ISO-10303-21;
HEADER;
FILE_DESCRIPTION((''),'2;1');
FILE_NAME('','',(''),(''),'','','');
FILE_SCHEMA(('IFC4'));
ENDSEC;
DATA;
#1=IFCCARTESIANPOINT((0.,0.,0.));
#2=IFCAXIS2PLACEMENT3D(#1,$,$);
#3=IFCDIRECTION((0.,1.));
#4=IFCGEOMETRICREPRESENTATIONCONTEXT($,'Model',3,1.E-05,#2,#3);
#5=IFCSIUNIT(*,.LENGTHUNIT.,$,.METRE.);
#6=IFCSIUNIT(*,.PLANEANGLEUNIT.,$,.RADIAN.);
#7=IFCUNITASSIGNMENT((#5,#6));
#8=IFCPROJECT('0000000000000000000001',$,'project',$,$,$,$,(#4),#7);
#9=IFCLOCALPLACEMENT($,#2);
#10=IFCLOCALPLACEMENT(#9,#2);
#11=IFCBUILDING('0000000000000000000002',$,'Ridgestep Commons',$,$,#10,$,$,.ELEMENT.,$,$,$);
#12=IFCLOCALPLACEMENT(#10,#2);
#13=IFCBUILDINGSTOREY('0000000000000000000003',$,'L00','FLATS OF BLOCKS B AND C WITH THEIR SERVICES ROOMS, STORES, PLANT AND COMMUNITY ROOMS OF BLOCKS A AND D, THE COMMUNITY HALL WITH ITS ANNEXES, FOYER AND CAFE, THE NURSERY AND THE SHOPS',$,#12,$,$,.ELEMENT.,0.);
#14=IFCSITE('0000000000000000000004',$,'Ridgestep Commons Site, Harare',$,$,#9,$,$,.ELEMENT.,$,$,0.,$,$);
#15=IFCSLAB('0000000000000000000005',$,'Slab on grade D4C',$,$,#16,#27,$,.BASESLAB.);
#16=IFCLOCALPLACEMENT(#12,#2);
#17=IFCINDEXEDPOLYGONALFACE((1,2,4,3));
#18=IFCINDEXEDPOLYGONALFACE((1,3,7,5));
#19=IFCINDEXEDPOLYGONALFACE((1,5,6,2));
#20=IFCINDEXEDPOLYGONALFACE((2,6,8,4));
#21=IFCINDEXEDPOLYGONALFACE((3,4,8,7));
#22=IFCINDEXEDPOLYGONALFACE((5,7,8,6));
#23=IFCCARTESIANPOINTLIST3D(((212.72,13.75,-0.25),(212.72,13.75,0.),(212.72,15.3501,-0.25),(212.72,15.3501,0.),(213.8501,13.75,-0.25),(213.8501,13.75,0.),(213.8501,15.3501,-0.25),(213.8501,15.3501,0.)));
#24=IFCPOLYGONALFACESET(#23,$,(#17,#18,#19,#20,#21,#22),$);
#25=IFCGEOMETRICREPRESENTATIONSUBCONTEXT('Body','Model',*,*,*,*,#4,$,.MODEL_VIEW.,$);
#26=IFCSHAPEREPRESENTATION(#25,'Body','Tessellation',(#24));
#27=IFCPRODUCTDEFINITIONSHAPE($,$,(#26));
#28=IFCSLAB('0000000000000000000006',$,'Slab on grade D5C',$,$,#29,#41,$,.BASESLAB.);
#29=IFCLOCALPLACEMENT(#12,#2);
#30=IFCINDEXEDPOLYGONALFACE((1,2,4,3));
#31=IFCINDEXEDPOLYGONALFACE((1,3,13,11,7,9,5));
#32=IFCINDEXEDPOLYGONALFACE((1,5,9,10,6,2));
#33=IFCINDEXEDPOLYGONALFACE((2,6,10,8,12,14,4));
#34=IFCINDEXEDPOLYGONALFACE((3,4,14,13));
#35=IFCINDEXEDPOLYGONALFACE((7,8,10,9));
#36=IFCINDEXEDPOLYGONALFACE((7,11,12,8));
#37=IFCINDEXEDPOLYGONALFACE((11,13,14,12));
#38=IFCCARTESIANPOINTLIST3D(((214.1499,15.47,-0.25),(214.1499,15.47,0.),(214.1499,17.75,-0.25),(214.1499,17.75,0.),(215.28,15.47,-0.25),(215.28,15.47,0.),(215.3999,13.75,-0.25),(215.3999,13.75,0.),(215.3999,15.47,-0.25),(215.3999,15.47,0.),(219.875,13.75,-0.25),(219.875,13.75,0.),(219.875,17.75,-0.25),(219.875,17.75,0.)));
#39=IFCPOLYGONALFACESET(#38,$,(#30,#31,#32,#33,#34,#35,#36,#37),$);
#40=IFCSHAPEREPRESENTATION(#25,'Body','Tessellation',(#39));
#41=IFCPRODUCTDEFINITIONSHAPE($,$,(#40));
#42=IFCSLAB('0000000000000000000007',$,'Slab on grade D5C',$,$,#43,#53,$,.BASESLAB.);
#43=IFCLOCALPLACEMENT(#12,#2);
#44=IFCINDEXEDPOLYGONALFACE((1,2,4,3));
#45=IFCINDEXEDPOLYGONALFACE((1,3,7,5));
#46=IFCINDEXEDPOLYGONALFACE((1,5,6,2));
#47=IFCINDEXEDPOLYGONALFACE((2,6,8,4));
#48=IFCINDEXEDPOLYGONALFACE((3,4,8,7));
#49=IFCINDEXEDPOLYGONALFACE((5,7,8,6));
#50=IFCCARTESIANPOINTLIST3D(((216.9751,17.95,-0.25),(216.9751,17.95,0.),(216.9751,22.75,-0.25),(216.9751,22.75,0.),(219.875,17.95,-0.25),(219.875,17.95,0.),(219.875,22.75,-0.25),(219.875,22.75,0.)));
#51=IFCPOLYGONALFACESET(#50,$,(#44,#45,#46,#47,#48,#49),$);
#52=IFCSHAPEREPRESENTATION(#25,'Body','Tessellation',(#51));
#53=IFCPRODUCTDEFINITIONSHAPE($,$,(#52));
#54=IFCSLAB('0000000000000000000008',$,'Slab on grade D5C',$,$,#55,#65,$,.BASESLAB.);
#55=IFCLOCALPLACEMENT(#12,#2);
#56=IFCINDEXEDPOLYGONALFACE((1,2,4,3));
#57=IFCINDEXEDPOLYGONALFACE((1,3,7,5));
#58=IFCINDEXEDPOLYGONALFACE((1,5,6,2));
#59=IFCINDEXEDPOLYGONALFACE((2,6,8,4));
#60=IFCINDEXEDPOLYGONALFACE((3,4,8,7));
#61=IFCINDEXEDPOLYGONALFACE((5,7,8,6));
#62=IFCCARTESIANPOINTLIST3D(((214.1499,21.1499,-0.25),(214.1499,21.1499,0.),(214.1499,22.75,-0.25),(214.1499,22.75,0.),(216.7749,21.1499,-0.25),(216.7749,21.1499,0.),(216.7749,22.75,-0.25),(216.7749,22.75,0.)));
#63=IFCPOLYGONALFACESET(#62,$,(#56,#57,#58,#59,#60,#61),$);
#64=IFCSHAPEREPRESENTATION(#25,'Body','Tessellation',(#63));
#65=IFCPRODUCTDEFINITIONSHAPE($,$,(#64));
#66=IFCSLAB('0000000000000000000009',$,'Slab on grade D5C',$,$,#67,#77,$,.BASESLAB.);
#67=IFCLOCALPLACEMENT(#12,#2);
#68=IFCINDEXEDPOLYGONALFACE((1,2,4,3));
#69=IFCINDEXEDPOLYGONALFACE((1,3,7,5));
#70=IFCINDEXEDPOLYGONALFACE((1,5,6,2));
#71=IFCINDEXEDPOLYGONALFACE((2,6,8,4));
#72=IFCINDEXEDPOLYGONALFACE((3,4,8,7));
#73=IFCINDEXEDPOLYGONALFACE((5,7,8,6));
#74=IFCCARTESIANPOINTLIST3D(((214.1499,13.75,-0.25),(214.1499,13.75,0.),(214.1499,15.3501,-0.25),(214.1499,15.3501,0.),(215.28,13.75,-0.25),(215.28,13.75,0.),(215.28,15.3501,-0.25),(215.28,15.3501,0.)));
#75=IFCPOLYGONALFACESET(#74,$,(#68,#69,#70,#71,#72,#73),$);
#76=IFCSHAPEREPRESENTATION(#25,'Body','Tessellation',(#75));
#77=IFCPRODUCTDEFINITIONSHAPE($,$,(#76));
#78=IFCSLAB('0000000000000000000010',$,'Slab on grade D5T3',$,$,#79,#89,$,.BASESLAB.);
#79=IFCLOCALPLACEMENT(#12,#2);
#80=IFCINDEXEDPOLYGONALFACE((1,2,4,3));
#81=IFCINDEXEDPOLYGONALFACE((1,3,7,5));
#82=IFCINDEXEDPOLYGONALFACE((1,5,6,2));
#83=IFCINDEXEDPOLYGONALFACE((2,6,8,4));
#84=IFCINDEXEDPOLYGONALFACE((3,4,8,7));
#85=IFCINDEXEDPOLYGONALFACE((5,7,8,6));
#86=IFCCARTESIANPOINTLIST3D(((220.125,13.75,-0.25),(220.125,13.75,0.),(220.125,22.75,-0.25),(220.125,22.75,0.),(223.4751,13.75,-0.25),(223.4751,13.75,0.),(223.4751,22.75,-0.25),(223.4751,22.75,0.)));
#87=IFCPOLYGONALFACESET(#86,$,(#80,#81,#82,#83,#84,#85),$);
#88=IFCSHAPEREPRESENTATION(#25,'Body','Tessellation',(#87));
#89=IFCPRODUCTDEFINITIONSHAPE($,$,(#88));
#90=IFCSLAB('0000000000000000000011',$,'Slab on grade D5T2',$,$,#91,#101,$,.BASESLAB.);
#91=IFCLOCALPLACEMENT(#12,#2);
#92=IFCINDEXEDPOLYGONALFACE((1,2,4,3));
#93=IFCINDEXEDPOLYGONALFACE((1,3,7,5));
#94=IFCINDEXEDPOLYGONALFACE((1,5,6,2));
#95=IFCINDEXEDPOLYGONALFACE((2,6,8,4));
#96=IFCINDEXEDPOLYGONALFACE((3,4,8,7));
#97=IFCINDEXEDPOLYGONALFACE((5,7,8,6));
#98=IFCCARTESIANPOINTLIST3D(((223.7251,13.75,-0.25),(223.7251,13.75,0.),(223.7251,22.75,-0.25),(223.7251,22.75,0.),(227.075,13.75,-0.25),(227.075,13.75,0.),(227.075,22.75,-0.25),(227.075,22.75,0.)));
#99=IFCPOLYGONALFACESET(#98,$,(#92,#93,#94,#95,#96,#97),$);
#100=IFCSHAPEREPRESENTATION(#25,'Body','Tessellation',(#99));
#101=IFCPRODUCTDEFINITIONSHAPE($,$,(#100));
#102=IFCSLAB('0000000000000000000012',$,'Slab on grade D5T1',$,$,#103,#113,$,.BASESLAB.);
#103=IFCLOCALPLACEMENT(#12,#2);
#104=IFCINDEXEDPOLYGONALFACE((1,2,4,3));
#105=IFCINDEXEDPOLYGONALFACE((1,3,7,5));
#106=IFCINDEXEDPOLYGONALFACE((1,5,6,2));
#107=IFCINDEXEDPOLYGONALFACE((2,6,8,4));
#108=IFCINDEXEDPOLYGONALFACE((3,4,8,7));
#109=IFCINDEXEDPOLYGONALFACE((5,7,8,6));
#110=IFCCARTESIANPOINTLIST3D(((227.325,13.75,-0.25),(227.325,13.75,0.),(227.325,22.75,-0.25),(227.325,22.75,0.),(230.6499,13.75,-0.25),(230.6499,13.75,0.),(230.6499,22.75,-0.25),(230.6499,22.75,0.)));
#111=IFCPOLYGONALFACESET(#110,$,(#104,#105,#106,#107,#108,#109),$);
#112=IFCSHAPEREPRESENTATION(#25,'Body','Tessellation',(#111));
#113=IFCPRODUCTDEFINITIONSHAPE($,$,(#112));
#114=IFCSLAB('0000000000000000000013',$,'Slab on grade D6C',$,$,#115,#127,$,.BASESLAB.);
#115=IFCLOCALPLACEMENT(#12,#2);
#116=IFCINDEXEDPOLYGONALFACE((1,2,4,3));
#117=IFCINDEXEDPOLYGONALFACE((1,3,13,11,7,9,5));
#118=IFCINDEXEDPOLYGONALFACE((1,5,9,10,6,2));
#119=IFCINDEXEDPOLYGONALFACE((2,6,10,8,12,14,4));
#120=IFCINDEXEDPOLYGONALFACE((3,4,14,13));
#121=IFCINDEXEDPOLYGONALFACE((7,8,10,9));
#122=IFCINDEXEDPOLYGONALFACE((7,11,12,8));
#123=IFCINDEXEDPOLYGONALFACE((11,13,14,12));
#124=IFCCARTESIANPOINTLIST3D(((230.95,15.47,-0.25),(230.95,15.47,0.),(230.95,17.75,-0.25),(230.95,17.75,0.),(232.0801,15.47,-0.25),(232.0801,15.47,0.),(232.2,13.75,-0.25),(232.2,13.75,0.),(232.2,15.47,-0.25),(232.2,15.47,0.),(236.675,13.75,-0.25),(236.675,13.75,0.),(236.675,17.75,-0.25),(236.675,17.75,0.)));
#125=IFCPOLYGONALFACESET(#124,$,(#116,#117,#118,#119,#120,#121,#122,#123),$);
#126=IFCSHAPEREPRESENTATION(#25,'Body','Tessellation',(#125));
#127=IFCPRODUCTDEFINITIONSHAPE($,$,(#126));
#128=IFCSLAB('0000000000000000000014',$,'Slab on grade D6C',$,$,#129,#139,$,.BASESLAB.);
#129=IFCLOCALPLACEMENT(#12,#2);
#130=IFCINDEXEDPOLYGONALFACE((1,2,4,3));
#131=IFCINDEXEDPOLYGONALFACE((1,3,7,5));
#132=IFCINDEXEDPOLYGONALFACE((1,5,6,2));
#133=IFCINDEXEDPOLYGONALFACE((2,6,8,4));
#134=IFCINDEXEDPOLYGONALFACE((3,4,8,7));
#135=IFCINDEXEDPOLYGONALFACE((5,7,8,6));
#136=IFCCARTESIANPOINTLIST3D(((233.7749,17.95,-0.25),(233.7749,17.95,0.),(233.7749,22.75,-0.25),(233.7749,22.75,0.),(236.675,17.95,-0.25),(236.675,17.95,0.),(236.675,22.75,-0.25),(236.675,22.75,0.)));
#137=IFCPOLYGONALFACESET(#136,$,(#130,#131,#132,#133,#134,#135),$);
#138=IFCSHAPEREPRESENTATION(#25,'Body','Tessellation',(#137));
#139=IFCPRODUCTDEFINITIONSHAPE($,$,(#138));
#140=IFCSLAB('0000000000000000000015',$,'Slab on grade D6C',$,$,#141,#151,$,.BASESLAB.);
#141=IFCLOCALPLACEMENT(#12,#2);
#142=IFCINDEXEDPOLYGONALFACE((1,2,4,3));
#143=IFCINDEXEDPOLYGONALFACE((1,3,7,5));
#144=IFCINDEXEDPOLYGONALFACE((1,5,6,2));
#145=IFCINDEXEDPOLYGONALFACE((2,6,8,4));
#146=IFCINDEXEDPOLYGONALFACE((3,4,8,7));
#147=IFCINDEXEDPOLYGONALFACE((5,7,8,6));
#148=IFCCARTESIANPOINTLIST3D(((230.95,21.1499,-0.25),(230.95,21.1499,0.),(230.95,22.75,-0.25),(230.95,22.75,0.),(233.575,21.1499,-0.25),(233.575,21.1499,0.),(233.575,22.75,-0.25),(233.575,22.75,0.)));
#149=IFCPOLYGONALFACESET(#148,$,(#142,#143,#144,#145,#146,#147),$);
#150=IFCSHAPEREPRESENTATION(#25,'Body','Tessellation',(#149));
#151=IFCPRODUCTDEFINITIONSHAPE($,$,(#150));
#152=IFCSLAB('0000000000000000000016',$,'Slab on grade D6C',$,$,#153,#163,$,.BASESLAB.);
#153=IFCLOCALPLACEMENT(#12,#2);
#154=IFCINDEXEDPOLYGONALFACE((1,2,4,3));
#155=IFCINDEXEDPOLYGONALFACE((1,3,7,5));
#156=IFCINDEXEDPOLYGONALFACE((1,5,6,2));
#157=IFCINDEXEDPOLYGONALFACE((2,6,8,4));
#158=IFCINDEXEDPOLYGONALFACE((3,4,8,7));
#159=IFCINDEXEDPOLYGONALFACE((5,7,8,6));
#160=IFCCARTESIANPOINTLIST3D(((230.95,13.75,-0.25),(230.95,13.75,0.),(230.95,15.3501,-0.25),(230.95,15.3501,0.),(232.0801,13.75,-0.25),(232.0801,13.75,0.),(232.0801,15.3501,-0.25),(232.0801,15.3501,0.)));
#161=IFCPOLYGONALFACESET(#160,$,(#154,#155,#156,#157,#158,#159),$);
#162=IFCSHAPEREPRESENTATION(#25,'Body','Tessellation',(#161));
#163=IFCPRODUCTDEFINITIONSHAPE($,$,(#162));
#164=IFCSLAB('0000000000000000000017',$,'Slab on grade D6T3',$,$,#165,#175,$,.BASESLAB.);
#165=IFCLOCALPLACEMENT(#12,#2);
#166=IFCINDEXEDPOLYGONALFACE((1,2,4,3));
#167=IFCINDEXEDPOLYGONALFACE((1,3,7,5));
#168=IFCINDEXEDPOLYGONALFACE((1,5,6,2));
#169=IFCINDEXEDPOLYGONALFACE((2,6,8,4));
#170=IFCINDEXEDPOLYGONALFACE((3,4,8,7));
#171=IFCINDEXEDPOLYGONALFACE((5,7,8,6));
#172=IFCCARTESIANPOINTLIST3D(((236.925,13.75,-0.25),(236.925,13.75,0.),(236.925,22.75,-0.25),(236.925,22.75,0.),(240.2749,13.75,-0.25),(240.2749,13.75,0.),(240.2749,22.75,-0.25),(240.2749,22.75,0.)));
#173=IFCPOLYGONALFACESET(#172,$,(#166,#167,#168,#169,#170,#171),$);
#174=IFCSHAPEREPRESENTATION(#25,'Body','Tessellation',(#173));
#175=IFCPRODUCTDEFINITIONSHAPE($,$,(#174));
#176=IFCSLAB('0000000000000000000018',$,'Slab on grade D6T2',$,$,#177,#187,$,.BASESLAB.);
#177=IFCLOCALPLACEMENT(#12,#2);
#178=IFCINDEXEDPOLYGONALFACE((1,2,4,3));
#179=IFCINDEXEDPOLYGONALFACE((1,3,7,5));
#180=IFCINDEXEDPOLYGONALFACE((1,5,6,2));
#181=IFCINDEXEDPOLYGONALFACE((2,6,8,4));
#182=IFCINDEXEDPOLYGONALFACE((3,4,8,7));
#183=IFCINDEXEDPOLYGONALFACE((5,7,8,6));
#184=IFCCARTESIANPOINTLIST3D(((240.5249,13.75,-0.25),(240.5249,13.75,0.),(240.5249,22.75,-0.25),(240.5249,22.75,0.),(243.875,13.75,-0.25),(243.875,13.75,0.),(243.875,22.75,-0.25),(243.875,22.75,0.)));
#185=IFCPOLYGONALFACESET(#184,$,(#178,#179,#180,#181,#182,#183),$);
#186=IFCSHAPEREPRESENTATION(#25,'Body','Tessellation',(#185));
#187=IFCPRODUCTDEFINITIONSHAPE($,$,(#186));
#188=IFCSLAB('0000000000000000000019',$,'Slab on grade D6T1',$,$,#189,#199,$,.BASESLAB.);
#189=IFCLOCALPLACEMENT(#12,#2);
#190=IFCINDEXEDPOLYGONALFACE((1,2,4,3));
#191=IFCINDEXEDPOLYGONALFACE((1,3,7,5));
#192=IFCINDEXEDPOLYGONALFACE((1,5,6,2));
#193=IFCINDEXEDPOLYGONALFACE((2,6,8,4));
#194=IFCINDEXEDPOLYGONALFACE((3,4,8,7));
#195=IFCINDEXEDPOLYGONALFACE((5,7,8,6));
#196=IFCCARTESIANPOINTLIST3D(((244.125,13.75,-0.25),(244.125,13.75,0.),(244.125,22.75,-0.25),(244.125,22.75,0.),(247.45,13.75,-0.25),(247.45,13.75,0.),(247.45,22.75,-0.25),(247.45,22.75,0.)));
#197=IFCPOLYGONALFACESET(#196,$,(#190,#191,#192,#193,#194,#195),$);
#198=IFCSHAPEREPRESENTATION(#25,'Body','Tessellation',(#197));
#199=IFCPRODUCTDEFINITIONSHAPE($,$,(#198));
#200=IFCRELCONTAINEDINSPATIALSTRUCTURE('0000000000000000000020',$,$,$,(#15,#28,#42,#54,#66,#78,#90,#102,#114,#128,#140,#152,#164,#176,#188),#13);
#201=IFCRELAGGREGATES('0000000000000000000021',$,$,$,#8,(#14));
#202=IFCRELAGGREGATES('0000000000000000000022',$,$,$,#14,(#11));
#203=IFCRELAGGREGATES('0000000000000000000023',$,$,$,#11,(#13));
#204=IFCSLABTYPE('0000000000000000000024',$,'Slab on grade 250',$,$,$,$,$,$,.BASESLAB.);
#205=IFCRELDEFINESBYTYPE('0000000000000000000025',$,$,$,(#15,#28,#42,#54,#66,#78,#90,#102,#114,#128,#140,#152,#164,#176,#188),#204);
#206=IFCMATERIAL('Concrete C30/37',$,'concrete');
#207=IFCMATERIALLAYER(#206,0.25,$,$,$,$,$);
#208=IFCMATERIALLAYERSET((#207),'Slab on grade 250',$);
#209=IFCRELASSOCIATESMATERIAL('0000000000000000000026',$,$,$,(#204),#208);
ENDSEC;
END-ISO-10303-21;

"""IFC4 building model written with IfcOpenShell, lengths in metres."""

from ifc_helpers import new_model, si_unit, direction, frame, origin, place, context, subcontext, project, spatial, polyline, outline, extrude, material, layer, layer_set, type_object, element, save


model = new_model("IFC4")

# Units and contexts
model_context = context("Model", 3, precision=1e-05, world=origin(), true_north=direction((0.0, 1.0)))
body_context = subcontext(model_context, "Body", "Model", "MODEL_VIEW")
ifc_project = project(units=[si_unit("LENGTHUNIT", "METRE"), si_unit("PLANEANGLEUNIT", "RADIAN")], contexts=[model_context])

# Site, building, storey
site_placement = place(None, origin())
site = spatial("IfcSite", under=ifc_project, at=site_placement, Name="Ridgestep Commons Site, Harare", CompositionType="ELEMENT", RefElevation=0.0)
building_placement = place(site_placement, origin())
building = spatial("IfcBuilding", under=site, at=building_placement, Name="Ridgestep Commons", CompositionType="ELEMENT")
storey_placement = place(building_placement, origin())
storey = spatial("IfcBuildingStorey", under=building, at=storey_placement, Name="L00", Description="FLATS OF BLOCKS B AND C WITH THEIR SERVICES ROOMS, STORES, PLANT AND COMMUNITY ROOMS OF BLOCKS A AND D, THE COMMUNITY HALL WITH ITS ANNEXES, FOYER AND CAFE, THE NURSERY AND THE SHOPS", CompositionType="ELEMENT", Elevation=0.0)

# Slabs
ifc_material_1 = material(Name="Concrete C30/37", Category="concrete")
ifc_layer_1 = layer(ifc_material_1, 0.25)
ifc_layer_set_1 = layer_set([ifc_layer_1], Name="Slab on grade 250")
slab_type_1 = type_object("IfcSlabType", Name="Slab on grade 250", PredefinedType="BASESLAB", material=ifc_layer_set_1)
slab_1_placement = place(storey_placement, frame((0.0, 0.0, -0.25)))
element("IfcSlab", 1, at=slab_1_placement, inside=storey, type_object=slab_type_1, Name="Slab on grade D4C", PredefinedType="BASESLAB", context=body_context, shape_type="SweptSolid", body=[
    extrude(outline(polyline([(212.72, 13.75), (213.8501, 13.75), (213.8501, 15.3501), (212.72, 15.3501), (212.72, 13.75)])), origin(), (0.0, 0.0, 1.0), 0.25),
])
slab_2_placement = place(storey_placement, frame((0.0, 0.0, -0.25)))
element("IfcSlab", 2, at=slab_2_placement, inside=storey, type_object=slab_type_1, Name="Slab on grade D5C", PredefinedType="BASESLAB", context=body_context, shape_type="SweptSolid", body=[
    extrude(outline(polyline([(215.3999, 13.75), (219.875, 13.75), (219.875, 17.75), (214.1499, 17.75), (214.1499, 15.47), (215.28, 15.47), (215.3999, 15.47), (215.3999, 13.75)])), origin(), (0.0, 0.0, 1.0), 0.25),
])
slab_3_placement = place(storey_placement, frame((0.0, 0.0, -0.25)))
element("IfcSlab", 3, at=slab_3_placement, inside=storey, type_object=slab_type_1, Name="Slab on grade D5C", PredefinedType="BASESLAB", context=body_context, shape_type="SweptSolid", body=[
    extrude(outline(polyline([(219.875, 17.95), (219.875, 22.75), (216.9751, 22.75), (216.9751, 17.95), (219.875, 17.95)])), origin(), (0.0, 0.0, 1.0), 0.25),
])
slab_4_placement = place(storey_placement, frame((0.0, 0.0, -0.25)))
element("IfcSlab", 4, at=slab_4_placement, inside=storey, type_object=slab_type_1, Name="Slab on grade D5C", PredefinedType="BASESLAB", context=body_context, shape_type="SweptSolid", body=[
    extrude(outline(polyline([(216.7749, 22.75), (214.1499, 22.75), (214.1499, 21.1499), (216.7749, 21.1499), (216.7749, 22.75)])), origin(), (0.0, 0.0, 1.0), 0.25),
])
slab_5_placement = place(storey_placement, frame((0.0, 0.0, -0.25)))
element("IfcSlab", 5, at=slab_5_placement, inside=storey, type_object=slab_type_1, Name="Slab on grade D5C", PredefinedType="BASESLAB", context=body_context, shape_type="SweptSolid", body=[
    extrude(outline(polyline([(215.28, 15.3501), (214.1499, 15.3501), (214.1499, 13.75), (215.28, 13.75), (215.28, 15.3501)])), origin(), (0.0, 0.0, 1.0), 0.25),
])
slab_6_placement = place(storey_placement, frame((0.0, 0.0, -0.25)))
element("IfcSlab", 6, at=slab_6_placement, inside=storey, type_object=slab_type_1, Name="Slab on grade D5T3", PredefinedType="BASESLAB", context=body_context, shape_type="SweptSolid", body=[
    extrude(outline(polyline([(223.4751, 13.75), (223.4751, 22.75), (220.125, 22.75), (220.125, 13.75), (223.4751, 13.75)])), origin(), (0.0, 0.0, 1.0), 0.25),
])
slab_7_placement = place(storey_placement, frame((0.0, 0.0, -0.25)))
element("IfcSlab", 7, at=slab_7_placement, inside=storey, type_object=slab_type_1, Name="Slab on grade D5T2", PredefinedType="BASESLAB", context=body_context, shape_type="SweptSolid", body=[
    extrude(outline(polyline([(227.075, 13.75), (227.075, 22.75), (223.7251, 22.75), (223.7251, 13.75), (227.075, 13.75)])), origin(), (0.0, 0.0, 1.0), 0.25),
])
slab_8_placement = place(storey_placement, frame((0.0, 0.0, -0.25)))
element("IfcSlab", 8, at=slab_8_placement, inside=storey, type_object=slab_type_1, Name="Slab on grade D5T1", PredefinedType="BASESLAB", context=body_context, shape_type="SweptSolid", body=[
    extrude(outline(polyline([(230.6499, 13.75), (230.6499, 22.75), (227.325, 22.75), (227.325, 13.75), (230.6499, 13.75)])), origin(), (0.0, 0.0, 1.0), 0.25),
])
slab_9_placement = place(storey_placement, frame((0.0, 0.0, -0.25)))
element("IfcSlab", 9, at=slab_9_placement, inside=storey, type_object=slab_type_1, Name="Slab on grade D6C", PredefinedType="BASESLAB", context=body_context, shape_type="SweptSolid", body=[
    extrude(outline(polyline([(232.2, 13.75), (236.675, 13.75), (236.675, 17.75), (230.95, 17.75), (230.95, 15.47), (232.0801, 15.47), (232.2, 15.47), (232.2, 13.75)])), origin(), (0.0, 0.0, 1.0), 0.25),
])
slab_10_placement = place(storey_placement, frame((0.0, 0.0, -0.25)))
element("IfcSlab", 10, at=slab_10_placement, inside=storey, type_object=slab_type_1, Name="Slab on grade D6C", PredefinedType="BASESLAB", context=body_context, shape_type="SweptSolid", body=[
    extrude(outline(polyline([(236.675, 17.95), (236.675, 22.75), (233.7749, 22.75), (233.7749, 17.95), (236.675, 17.95)])), origin(), (0.0, 0.0, 1.0), 0.25),
])
slab_11_placement = place(storey_placement, frame((0.0, 0.0, -0.25)))
element("IfcSlab", 11, at=slab_11_placement, inside=storey, type_object=slab_type_1, Name="Slab on grade D6C", PredefinedType="BASESLAB", context=body_context, shape_type="SweptSolid", body=[
    extrude(outline(polyline([(233.575, 22.75), (230.95, 22.75), (230.95, 21.1499), (233.575, 21.1499), (233.575, 22.75)])), origin(), (0.0, 0.0, 1.0), 0.25),
])
slab_12_placement = place(storey_placement, frame((0.0, 0.0, -0.25)))
element("IfcSlab", 12, at=slab_12_placement, inside=storey, type_object=slab_type_1, Name="Slab on grade D6C", PredefinedType="BASESLAB", context=body_context, shape_type="SweptSolid", body=[
    extrude(outline(polyline([(232.0801, 15.3501), (230.95, 15.3501), (230.95, 13.75), (232.0801, 13.75), (232.0801, 15.3501)])), origin(), (0.0, 0.0, 1.0), 0.25),
])
slab_13_placement = place(storey_placement, frame((0.0, 0.0, -0.25)))
element("IfcSlab", 13, at=slab_13_placement, inside=storey, type_object=slab_type_1, Name="Slab on grade D6T3", PredefinedType="BASESLAB", context=body_context, shape_type="SweptSolid", body=[
    extrude(outline(polyline([(240.2749, 13.75), (240.2749, 22.75), (236.925, 22.75), (236.925, 13.75), (240.2749, 13.75)])), origin(), (0.0, 0.0, 1.0), 0.25),
])
slab_14_placement = place(storey_placement, frame((0.0, 0.0, -0.25)))
element("IfcSlab", 14, at=slab_14_placement, inside=storey, type_object=slab_type_1, Name="Slab on grade D6T2", PredefinedType="BASESLAB", context=body_context, shape_type="SweptSolid", body=[
    extrude(outline(polyline([(243.875, 13.75), (243.875, 22.75), (240.5249, 22.75), (240.5249, 13.75), (243.875, 13.75)])), origin(), (0.0, 0.0, 1.0), 0.25),
])
slab_15_placement = place(storey_placement, frame((0.0, 0.0, -0.25)))
element("IfcSlab", 15, at=slab_15_placement, inside=storey, type_object=slab_type_1, Name="Slab on grade D6T1", PredefinedType="BASESLAB", context=body_context, shape_type="SweptSolid", body=[
    extrude(outline(polyline([(247.45, 13.75), (247.45, 22.75), (244.125, 22.75), (244.125, 13.75), (247.45, 13.75)])), origin(), (0.0, 0.0, 1.0), 0.25),
])

save(model, "model.ifc")
